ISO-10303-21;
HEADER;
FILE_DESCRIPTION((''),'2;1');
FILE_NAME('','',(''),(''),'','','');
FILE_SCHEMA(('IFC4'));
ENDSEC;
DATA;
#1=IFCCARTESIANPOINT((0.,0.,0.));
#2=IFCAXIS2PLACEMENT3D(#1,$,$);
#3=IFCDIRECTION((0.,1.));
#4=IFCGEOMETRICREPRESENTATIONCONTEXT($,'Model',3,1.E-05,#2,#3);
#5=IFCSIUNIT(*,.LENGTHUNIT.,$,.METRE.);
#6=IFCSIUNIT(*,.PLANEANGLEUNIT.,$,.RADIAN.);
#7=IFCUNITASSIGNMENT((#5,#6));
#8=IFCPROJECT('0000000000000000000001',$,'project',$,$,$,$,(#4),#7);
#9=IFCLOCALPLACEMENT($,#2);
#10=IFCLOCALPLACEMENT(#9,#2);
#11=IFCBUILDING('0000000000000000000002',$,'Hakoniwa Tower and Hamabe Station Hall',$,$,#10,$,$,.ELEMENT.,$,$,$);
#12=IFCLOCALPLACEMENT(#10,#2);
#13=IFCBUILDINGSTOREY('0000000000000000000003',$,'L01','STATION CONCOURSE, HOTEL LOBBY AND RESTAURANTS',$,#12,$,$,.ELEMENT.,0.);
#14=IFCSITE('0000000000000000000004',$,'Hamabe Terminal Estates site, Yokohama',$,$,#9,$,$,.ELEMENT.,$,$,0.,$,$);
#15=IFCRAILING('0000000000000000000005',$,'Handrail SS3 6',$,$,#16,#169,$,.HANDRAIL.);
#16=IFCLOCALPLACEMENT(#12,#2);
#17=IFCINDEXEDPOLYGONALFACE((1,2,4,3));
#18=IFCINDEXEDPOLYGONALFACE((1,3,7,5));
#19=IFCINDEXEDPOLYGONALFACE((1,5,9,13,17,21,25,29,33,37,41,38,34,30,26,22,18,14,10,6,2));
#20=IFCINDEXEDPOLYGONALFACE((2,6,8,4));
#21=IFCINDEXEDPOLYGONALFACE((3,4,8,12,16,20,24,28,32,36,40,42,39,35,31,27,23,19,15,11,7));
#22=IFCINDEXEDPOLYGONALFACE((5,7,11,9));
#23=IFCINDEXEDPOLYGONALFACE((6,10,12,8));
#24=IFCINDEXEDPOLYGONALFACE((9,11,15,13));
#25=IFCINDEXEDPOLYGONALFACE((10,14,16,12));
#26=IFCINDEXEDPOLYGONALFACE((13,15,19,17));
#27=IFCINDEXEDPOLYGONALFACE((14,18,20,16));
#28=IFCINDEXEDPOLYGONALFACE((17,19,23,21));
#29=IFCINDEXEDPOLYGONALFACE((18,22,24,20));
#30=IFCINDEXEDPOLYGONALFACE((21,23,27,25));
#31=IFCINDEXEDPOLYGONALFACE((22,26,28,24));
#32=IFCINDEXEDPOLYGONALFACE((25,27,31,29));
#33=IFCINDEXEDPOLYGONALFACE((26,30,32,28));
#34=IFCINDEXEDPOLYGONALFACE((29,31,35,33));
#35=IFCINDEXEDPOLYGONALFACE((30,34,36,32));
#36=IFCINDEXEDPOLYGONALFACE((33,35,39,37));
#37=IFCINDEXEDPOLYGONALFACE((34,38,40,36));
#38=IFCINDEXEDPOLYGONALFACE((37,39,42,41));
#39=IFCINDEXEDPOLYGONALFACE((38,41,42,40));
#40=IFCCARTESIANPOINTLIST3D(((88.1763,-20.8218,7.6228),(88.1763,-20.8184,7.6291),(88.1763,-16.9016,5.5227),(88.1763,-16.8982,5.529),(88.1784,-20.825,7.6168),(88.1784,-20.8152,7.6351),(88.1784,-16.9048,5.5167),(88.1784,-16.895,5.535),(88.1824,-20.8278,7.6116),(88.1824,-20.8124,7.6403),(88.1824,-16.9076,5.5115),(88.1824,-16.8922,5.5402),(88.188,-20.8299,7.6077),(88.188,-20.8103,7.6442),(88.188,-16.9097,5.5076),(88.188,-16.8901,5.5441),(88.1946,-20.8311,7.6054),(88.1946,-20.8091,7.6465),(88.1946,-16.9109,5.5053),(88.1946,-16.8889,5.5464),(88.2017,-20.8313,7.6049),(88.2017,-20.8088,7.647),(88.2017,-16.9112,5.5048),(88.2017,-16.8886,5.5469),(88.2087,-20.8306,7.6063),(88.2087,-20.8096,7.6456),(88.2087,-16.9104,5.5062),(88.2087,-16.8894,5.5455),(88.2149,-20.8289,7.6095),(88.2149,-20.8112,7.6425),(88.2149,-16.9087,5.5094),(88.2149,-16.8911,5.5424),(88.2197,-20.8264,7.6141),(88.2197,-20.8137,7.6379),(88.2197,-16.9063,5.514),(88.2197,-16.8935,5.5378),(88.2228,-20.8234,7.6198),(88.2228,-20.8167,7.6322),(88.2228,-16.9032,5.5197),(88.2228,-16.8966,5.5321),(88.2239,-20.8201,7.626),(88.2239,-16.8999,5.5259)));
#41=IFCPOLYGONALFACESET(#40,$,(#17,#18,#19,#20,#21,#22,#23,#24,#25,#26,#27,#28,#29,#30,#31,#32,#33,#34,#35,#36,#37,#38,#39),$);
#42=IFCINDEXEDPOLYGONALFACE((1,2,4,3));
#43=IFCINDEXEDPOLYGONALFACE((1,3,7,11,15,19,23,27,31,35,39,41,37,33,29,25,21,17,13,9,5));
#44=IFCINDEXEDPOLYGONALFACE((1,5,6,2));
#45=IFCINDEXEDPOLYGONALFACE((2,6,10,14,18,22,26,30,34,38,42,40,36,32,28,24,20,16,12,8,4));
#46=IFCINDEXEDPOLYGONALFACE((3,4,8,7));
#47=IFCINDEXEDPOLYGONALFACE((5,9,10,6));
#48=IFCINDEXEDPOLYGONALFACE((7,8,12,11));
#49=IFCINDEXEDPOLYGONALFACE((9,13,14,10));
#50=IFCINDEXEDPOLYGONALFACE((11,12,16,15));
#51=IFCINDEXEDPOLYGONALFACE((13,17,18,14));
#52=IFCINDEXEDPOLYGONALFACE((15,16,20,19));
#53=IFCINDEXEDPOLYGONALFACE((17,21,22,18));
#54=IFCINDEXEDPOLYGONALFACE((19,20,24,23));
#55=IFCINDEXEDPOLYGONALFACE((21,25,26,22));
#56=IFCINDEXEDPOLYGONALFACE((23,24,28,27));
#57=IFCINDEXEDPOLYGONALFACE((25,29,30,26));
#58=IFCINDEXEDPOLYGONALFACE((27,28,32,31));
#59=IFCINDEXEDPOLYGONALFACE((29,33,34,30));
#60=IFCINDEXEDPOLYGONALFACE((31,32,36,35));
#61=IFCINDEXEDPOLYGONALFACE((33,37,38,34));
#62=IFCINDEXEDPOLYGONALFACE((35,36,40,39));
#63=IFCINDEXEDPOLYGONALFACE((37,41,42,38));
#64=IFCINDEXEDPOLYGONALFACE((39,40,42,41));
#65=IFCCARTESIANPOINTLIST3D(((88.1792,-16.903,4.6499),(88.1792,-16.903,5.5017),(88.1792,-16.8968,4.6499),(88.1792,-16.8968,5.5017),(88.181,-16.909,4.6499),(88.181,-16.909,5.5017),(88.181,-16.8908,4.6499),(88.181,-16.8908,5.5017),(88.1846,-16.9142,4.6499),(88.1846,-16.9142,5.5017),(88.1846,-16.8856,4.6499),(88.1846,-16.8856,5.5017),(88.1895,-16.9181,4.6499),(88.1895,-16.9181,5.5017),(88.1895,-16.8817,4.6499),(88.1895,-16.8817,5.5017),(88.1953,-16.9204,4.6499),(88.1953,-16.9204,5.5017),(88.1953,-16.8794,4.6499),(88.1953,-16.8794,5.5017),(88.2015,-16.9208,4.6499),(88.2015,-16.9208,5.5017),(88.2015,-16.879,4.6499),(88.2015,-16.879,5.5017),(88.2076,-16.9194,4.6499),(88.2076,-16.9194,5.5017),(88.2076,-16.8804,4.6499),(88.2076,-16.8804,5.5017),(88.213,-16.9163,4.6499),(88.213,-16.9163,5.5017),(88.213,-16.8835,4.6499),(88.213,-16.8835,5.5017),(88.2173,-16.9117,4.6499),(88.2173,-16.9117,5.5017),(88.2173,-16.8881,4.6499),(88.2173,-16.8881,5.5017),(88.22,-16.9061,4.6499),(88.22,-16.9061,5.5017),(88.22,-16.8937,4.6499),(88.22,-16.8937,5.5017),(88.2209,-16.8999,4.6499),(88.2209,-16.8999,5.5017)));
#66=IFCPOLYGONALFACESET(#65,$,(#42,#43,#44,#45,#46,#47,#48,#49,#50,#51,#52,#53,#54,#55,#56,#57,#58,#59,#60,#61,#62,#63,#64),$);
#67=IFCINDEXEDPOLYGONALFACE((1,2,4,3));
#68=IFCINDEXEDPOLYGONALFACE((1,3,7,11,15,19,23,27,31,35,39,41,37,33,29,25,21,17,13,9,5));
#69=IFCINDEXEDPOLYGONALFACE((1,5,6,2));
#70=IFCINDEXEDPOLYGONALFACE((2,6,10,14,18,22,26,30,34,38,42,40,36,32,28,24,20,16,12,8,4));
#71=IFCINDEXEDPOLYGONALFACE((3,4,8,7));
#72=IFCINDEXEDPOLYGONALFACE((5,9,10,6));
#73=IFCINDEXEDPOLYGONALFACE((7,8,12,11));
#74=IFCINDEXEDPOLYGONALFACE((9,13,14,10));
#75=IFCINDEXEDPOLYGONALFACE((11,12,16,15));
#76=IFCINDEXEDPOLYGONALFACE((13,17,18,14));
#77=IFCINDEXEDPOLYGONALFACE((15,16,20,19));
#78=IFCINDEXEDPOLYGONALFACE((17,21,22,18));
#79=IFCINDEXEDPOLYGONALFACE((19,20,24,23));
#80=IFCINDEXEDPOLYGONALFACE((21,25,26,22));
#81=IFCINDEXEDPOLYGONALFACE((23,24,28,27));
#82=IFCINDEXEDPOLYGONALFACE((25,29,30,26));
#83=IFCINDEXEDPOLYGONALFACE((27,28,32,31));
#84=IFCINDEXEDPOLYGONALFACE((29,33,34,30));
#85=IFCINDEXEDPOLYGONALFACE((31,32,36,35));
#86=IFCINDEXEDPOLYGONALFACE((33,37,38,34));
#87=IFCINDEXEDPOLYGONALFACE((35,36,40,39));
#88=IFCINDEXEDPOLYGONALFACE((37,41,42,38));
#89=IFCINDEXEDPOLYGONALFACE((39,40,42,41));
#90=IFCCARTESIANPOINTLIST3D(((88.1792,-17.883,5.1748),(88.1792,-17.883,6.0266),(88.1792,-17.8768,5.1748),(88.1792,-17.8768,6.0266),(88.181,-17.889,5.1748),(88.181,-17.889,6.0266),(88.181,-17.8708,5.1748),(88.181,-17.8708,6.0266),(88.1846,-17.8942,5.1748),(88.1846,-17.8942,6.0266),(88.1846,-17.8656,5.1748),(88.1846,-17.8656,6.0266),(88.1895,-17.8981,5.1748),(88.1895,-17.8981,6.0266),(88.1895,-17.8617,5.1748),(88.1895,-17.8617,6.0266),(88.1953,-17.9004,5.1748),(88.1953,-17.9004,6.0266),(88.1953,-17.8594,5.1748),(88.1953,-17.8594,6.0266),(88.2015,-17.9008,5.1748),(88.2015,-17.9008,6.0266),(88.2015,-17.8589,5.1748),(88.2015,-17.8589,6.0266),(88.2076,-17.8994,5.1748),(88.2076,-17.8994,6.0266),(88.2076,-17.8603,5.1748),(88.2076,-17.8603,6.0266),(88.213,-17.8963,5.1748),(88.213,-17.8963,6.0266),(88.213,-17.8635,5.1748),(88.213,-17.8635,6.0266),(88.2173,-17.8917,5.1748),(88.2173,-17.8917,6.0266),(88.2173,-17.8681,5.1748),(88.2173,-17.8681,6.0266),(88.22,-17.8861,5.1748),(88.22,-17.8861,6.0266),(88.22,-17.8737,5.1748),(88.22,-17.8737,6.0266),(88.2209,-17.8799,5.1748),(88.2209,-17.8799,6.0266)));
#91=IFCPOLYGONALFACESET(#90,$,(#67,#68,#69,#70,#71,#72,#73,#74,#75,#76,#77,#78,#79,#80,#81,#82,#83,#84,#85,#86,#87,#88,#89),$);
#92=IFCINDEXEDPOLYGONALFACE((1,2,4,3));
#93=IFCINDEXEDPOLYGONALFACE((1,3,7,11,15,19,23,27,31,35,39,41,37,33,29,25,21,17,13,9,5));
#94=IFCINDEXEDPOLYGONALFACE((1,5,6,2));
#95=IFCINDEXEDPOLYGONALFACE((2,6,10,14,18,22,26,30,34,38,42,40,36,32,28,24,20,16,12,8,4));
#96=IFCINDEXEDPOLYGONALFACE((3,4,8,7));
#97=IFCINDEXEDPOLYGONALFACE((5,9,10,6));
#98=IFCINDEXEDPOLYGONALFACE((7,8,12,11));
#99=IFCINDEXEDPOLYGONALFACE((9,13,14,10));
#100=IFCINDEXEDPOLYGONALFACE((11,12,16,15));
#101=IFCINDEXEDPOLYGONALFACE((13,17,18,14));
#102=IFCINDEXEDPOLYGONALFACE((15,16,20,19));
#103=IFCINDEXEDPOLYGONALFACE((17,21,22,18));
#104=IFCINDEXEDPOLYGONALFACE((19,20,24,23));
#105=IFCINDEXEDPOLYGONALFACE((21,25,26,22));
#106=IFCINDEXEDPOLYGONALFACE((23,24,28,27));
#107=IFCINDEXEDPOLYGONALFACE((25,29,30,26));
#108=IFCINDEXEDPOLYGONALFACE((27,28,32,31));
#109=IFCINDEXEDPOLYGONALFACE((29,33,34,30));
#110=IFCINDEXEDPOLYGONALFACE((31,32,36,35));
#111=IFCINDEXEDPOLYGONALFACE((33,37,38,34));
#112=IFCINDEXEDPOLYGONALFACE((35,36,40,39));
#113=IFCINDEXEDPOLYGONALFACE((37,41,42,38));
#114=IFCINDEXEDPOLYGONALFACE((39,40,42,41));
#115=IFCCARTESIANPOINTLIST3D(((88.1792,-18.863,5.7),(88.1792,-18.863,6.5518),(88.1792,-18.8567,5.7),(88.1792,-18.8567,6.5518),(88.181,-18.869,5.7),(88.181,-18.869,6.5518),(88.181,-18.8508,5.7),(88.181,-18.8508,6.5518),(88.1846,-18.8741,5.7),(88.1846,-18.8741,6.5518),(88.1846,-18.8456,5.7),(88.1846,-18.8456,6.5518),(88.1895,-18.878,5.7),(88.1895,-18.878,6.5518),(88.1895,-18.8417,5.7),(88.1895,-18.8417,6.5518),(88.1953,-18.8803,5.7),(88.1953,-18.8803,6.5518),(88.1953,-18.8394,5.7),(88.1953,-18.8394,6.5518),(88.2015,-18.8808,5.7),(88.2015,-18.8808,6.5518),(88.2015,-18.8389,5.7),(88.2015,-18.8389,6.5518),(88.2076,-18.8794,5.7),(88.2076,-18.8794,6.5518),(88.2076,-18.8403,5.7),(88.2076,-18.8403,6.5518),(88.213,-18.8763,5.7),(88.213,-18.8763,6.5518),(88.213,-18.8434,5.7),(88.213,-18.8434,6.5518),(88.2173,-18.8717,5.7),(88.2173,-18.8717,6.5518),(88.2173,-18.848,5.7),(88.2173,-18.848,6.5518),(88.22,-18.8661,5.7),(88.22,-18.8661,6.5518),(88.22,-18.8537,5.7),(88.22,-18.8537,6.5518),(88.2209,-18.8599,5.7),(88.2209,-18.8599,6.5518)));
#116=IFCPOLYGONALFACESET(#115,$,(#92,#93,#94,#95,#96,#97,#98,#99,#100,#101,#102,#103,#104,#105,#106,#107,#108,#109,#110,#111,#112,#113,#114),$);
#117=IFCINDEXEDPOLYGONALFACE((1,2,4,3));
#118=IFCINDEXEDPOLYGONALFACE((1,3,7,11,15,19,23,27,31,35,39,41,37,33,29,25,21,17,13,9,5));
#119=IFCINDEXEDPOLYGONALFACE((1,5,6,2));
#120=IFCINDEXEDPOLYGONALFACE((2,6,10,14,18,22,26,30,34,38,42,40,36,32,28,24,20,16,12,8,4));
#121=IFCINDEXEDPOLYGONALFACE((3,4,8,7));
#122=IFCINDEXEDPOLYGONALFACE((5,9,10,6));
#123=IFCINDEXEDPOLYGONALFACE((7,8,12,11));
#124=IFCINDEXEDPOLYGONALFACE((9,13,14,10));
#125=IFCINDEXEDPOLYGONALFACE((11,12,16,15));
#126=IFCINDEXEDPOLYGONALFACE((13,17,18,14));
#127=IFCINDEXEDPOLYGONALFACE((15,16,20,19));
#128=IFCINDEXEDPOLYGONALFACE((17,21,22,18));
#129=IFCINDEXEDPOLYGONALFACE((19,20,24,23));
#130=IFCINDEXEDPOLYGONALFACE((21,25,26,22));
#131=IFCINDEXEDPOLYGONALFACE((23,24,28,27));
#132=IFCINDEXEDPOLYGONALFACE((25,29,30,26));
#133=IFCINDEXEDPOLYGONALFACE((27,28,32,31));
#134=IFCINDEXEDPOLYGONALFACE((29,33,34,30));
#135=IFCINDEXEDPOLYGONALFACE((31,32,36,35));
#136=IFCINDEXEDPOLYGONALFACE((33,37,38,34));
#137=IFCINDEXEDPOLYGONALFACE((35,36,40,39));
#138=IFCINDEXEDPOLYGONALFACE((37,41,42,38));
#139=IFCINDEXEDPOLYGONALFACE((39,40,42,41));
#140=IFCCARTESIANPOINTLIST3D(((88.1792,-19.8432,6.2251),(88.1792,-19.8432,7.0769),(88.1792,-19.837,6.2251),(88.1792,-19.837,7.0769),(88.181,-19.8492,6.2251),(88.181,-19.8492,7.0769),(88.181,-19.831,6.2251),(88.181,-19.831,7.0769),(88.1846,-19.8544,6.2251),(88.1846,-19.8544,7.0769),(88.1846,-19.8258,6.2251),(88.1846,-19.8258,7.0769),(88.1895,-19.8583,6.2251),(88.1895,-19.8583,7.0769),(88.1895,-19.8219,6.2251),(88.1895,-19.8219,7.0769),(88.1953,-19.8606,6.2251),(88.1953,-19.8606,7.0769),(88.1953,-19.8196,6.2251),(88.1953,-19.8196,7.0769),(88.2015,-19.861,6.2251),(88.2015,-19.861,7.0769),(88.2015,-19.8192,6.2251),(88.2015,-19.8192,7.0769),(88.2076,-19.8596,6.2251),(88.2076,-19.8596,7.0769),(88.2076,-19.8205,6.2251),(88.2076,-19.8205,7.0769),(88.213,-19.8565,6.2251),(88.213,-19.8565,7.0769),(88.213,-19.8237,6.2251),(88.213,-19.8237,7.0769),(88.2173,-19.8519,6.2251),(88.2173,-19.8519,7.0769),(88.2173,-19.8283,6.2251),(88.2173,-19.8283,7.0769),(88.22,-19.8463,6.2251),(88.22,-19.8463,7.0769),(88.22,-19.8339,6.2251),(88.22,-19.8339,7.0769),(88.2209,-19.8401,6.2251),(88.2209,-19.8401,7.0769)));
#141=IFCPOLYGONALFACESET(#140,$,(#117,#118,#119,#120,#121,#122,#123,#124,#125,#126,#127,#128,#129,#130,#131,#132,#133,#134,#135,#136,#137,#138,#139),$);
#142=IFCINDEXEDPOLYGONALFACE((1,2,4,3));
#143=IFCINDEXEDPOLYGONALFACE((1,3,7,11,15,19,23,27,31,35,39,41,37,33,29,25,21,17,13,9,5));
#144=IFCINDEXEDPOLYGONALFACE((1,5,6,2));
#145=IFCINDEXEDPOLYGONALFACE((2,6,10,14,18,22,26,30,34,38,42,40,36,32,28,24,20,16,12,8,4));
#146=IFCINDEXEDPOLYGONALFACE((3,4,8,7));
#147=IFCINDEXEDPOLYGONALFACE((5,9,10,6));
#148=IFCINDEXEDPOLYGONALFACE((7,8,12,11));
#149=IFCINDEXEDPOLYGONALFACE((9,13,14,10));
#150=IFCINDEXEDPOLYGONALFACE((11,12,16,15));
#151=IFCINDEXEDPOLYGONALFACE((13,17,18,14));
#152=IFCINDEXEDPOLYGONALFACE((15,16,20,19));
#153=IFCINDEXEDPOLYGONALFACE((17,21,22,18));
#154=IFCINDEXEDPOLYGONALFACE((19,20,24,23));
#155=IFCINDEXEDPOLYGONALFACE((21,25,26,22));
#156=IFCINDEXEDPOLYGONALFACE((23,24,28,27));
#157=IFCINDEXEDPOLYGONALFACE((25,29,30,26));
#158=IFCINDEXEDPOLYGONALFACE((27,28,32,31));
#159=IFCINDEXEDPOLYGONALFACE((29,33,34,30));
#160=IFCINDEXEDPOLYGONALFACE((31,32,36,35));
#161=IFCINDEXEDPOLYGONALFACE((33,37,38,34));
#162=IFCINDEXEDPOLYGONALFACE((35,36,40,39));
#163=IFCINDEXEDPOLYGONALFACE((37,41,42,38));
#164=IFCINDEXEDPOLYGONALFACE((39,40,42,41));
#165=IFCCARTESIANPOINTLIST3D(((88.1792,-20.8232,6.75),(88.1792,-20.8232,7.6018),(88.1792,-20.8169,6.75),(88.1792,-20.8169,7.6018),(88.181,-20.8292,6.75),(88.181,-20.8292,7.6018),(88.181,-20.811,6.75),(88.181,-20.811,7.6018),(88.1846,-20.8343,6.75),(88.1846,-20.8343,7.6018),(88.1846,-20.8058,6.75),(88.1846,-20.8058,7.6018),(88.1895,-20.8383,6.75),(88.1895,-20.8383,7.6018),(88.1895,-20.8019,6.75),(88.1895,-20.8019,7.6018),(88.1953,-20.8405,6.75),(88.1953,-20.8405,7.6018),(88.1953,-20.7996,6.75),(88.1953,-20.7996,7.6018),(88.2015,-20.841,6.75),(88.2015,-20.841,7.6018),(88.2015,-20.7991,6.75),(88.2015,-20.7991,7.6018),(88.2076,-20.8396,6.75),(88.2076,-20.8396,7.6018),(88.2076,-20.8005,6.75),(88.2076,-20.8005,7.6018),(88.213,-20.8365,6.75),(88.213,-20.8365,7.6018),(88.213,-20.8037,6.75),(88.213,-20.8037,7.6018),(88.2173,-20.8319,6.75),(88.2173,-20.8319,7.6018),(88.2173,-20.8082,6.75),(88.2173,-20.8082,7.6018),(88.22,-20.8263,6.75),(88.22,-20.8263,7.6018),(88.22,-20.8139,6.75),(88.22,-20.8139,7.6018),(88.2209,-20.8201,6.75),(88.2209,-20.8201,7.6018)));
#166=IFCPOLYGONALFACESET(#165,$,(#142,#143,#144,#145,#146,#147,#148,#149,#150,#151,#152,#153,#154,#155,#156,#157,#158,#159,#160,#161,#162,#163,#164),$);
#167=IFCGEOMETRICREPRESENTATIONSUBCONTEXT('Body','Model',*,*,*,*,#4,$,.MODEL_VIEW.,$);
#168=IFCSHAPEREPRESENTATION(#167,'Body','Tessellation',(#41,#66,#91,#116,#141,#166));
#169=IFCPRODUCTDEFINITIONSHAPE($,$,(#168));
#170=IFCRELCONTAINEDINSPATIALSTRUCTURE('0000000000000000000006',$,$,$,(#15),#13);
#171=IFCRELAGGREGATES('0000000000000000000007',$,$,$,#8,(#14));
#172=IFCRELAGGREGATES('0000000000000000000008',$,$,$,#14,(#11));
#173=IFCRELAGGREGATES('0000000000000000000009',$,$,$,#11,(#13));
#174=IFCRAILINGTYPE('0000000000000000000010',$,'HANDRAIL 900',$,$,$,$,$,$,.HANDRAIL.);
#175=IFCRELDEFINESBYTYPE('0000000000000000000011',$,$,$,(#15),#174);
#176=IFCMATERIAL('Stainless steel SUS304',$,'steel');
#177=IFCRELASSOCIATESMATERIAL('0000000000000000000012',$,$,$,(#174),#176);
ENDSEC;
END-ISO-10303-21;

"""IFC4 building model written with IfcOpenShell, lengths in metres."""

from ifc_helpers import new_model, si_unit, direction, frame, origin, origin_2d, place, context, subcontext, project, spatial, circle, extrude, material, type_object, element, save


model = new_model("IFC4")

# Units and contexts
model_context = context("Model", 3, precision=1e-05, world=origin(), true_north=direction((0.0, 1.0)))
body_context = subcontext(model_context, "Body", "Model", "MODEL_VIEW")
ifc_project = project(units=[si_unit("LENGTHUNIT", "METRE"), si_unit("PLANEANGLEUNIT", "RADIAN")], contexts=[model_context])

# Site, building, storey
site_placement = place(None, origin())
site = spatial("IfcSite", under=ifc_project, at=site_placement, Name="Hamabe Terminal Estates site, Yokohama", CompositionType="ELEMENT", RefElevation=0.0)
building_placement = place(site_placement, origin())
building = spatial("IfcBuilding", under=site, at=building_placement, Name="Hakoniwa Tower and Hamabe Station Hall", CompositionType="ELEMENT")
storey_placement = place(building_placement, origin())
storey = spatial("IfcBuildingStorey", under=building, at=storey_placement, Name="L01", Description="STATION CONCOURSE, HOTEL LOBBY AND RESTAURANTS", CompositionType="ELEMENT", Elevation=0.0)

# Railing
ifc_material_1 = material(Name="Stainless steel SUS304", Category="steel")
railing_type = type_object("IfcRailingType", Name="HANDRAIL 900", PredefinedType="HANDRAIL", material=ifc_material_1)
for number, where, name in (
    (1, (88.2, -16.8999, 4.6499), "Handrail SS3 6"),
):
    element("IfcRailing", number, at=place(storey_placement, frame(where)), inside=storey, type_object=railing_type, Name=name, PredefinedType="HANDRAIL", context=body_context, shape_type="SweptSolid", body=[
        extrude(circle(Radius=0.0239, at=origin_2d()), frame((0.0, 0.0, 0.876), z_axis=(0.0, -0.881479, 0.472223), x_axis=(1.0, 0.0, 0.0)), (0.0, 0.0, 1.0), 4.4473),
        extrude(circle(Radius=0.021, at=origin_2d()), origin(), (0.0, 0.0, 1.0), 0.8518),
        extrude(circle(Radius=0.021, at=origin_2d()), frame((0.0, -0.98, 0.5249)), (0.0, 0.0, 1.0), 0.8518),
        extrude(circle(Radius=0.021, at=origin_2d()), frame((0.0, -1.96, 1.05)), (0.0, 0.0, 1.0), 0.8518),
        extrude(circle(Radius=0.021, at=origin_2d()), frame((0.0, -2.9402, 1.5752)), (0.0, 0.0, 1.0), 0.8518),
        extrude(circle(Radius=0.021, at=origin_2d()), frame((0.0, -3.9202, 2.1001)), (0.0, 0.0, 1.0), 0.8518),
    ])

save(model, "model.ifc")
